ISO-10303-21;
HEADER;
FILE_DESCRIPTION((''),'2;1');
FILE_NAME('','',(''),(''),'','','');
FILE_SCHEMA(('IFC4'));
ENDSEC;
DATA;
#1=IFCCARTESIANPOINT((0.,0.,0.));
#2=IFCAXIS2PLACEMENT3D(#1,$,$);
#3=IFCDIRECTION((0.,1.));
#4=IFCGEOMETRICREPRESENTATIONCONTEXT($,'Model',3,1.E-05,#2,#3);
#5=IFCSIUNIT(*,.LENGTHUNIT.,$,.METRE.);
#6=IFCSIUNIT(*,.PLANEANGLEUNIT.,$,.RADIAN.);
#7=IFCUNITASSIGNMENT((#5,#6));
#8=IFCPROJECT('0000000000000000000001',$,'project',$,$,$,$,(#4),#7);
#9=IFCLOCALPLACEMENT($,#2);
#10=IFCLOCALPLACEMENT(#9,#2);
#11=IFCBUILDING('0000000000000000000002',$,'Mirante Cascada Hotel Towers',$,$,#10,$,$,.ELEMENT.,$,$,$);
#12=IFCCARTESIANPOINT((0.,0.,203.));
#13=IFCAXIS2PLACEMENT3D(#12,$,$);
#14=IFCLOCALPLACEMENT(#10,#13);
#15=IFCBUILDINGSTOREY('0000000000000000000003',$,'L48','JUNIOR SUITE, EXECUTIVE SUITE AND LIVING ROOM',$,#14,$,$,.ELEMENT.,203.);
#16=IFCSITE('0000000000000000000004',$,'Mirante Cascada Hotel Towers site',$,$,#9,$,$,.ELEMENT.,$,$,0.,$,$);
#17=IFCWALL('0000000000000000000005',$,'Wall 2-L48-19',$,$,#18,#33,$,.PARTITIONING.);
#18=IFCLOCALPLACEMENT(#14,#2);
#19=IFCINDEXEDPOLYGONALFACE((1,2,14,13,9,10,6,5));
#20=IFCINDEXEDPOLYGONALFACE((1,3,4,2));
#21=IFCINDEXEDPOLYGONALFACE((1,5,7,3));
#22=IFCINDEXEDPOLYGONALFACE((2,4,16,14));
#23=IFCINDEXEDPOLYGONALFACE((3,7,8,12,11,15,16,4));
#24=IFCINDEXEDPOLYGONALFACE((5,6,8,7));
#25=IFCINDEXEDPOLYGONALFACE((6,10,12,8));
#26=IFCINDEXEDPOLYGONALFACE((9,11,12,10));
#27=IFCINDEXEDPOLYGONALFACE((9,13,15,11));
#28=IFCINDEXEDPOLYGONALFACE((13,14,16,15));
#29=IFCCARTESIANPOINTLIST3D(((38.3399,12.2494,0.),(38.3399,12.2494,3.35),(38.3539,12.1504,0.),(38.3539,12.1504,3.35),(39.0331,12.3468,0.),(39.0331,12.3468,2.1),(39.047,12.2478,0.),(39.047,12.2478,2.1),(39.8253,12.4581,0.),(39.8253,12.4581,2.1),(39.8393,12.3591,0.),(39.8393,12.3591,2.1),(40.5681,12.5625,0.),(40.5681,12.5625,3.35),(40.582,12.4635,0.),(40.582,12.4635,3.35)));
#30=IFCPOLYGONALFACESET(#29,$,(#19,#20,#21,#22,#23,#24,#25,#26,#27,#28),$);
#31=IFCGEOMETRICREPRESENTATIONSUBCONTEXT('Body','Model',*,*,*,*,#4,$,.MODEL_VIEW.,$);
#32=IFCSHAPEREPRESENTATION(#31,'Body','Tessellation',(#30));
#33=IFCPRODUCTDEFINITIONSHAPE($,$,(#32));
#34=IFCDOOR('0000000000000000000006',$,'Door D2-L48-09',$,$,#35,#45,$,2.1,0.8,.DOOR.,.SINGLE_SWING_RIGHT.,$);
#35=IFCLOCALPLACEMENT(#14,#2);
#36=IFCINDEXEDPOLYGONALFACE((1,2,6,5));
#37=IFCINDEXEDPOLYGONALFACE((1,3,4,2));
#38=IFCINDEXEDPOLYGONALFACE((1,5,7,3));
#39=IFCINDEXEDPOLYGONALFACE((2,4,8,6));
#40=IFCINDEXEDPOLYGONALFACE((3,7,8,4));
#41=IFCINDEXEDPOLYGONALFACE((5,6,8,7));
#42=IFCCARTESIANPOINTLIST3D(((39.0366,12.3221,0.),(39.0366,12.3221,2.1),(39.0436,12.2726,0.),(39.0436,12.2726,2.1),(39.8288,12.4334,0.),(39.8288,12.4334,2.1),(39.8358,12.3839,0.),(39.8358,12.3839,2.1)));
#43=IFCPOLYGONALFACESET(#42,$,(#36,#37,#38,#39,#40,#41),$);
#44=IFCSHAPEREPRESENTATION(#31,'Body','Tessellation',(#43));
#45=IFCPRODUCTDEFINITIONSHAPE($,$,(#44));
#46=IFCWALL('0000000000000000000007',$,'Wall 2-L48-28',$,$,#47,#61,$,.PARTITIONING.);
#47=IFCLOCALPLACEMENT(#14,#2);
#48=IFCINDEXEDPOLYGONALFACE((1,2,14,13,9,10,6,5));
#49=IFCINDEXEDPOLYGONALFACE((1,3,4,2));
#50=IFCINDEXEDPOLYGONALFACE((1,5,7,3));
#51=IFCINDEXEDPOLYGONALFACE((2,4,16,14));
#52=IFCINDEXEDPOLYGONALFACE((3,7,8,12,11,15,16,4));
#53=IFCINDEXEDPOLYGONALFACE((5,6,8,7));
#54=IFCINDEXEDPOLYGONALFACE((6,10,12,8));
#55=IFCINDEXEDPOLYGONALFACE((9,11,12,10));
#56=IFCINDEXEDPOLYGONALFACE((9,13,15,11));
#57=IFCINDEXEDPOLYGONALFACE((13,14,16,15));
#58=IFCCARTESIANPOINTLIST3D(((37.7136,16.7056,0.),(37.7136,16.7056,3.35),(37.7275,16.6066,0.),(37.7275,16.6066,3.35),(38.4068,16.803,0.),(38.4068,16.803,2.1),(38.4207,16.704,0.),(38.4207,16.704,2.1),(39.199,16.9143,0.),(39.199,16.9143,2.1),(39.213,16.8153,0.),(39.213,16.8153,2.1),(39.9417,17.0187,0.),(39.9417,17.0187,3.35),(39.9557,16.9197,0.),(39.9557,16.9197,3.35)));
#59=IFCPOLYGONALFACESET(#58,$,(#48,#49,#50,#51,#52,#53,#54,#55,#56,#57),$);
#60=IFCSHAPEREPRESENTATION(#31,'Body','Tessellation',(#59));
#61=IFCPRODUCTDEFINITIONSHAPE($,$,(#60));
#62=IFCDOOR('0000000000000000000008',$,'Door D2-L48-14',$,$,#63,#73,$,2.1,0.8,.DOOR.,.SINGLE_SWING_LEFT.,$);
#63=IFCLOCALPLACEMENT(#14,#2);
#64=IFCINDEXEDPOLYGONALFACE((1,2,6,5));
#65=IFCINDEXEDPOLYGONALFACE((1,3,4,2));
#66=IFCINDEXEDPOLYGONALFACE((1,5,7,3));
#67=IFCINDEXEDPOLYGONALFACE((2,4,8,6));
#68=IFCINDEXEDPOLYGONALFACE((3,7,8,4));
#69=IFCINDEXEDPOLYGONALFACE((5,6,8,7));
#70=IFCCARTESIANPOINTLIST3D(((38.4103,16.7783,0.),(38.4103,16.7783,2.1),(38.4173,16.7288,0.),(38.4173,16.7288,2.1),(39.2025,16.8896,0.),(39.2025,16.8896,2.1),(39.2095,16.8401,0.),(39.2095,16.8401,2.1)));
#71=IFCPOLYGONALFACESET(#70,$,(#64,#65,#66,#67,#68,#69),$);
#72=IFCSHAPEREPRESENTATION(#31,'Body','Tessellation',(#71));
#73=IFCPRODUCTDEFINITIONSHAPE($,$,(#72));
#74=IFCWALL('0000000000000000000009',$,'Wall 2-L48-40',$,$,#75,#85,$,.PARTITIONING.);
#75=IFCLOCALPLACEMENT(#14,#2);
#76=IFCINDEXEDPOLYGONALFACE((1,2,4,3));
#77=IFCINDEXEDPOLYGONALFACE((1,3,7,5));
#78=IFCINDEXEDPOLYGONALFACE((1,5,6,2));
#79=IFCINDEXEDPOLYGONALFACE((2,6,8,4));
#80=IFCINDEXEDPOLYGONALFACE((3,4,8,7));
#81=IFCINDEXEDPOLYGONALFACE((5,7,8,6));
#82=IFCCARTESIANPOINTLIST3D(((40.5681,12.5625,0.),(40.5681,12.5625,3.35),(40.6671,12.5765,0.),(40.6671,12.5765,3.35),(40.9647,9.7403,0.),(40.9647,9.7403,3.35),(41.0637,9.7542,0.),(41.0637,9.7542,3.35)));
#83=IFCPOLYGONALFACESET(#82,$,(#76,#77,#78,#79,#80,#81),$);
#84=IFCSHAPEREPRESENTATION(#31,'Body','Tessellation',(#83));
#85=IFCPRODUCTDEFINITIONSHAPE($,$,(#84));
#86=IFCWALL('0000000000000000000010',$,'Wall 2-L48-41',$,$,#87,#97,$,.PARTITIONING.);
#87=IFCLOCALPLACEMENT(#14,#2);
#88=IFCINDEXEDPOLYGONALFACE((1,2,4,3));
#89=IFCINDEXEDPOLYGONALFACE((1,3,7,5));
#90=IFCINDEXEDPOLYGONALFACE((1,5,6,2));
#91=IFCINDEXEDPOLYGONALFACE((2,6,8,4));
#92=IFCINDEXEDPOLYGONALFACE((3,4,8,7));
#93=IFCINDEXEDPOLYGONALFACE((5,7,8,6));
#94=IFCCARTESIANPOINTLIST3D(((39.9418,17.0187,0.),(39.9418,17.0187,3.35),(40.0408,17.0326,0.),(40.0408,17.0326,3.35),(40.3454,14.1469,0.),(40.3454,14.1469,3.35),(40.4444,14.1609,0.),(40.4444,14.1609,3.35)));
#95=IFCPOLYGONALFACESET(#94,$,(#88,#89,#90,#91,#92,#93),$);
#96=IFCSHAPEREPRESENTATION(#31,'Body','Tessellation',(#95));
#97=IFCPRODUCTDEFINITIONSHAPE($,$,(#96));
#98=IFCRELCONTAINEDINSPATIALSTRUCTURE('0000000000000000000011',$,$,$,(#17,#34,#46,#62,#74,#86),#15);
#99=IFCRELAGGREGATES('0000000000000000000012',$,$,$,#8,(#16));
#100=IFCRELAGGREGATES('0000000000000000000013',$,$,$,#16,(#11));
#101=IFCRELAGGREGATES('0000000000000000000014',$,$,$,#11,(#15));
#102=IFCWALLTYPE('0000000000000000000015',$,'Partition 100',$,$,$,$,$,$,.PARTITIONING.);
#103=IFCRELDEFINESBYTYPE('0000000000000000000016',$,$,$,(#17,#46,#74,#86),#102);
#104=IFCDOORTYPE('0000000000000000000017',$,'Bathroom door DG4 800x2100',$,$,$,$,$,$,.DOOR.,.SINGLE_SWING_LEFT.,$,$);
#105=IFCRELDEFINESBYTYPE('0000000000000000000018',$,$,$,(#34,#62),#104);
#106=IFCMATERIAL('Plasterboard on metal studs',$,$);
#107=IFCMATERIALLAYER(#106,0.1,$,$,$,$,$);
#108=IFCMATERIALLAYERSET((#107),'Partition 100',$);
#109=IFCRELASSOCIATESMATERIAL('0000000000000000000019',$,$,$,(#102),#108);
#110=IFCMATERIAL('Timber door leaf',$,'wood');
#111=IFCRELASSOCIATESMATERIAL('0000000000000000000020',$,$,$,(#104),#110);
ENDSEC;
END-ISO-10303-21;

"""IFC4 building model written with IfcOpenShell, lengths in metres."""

from ifc_helpers import new_model, si_unit, direction, frame, frame_2d, origin, place, context, subcontext, project, spatial, rectangle, extrude, material, layer, layer_set, type_object, element, fill, save


model = new_model("IFC4")

# Units and contexts
model_context = context("Model", 3, precision=1e-05, world=origin(), true_north=direction((0.0, 1.0)))
body_context = subcontext(model_context, "Body", "Model", "MODEL_VIEW")
ifc_project = project(units=[si_unit("LENGTHUNIT", "METRE"), si_unit("PLANEANGLEUNIT", "RADIAN")], contexts=[model_context])

# Site, building, storey
site_placement = place(None, origin())
site = spatial("IfcSite", under=ifc_project, at=site_placement, Name="Mirante Cascada Hotel Towers site", CompositionType="ELEMENT", RefElevation=0.0)
building_placement = place(site_placement, origin())
building = spatial("IfcBuilding", under=site, at=building_placement, Name="Mirante Cascada Hotel Towers", CompositionType="ELEMENT")
storey_placement = place(building_placement, frame((0.0, 0.0, 203.0)))
storey = spatial("IfcBuildingStorey", under=building, at=storey_placement, Name="L48", Description="JUNIOR SUITE, EXECUTIVE SUITE AND LIVING ROOM", CompositionType="ELEMENT", Elevation=203.0)

# Shared definitions
ifc_material_1 = material(Name="Plasterboard on metal studs")
ifc_layer_1 = layer(ifc_material_1, 0.1)
ifc_layer_set_1 = layer_set([ifc_layer_1], Name="Partition 100")
wall_type_1 = type_object("IfcWallType", Name="Partition 100", PredefinedType="PARTITIONING", material=ifc_layer_set_1)

# Walls, openings, doors
wall_1_placement = place(storey_placement, frame((38.3469, 12.1999, 0.0), z_axis=(0.0, 0.0, 1.0), x_axis=(0.990271, 0.139156, 0.0)))
wall_1 = element("IfcWall", 1, at=wall_1_placement, inside=storey, type_object=wall_type_1, Name="Wall 2-L48-19", PredefinedType="PARTITIONING", context=body_context, shape_type="SweptSolid", body=[
    extrude(rectangle(XDim=2.25, YDim=0.1, at=frame_2d((1.125, 0.0))), origin(), (0.0, 0.0, 1.0), 3.35),
])
opening_1_placement = place(wall_1_placement, frame((0.7, 0.0, 0.0)))
opening_1 = element("IfcOpeningElement", 2, at=opening_1_placement, cuts=wall_1, PredefinedType="OPENING", context=body_context, shape_type="SweptSolid", body=[
    extrude(rectangle(XDim=0.8, YDim=2.1, at=frame_2d((0.4, 1.05))), frame((0.0, 0.05, 0.0), z_axis=(0.0, -1.0, 0.0), x_axis=(1.0, 0.0, 0.0)), (0.0, 0.0, 1.0), 0.1),
])
ifc_material_2 = material(Name="Timber door leaf", Category="wood")
door_type_1 = type_object("IfcDoorType", Name="Bathroom door DG4 800x2100", OperationType="SINGLE_SWING_LEFT", PredefinedType="DOOR", material=ifc_material_2)
door_1_placement = place(opening_1_placement, frame((0.8, 0.0, 0.0), z_axis=(0.0, 0.0, 1.0), x_axis=(-1.0, 0.0, 0.0)))
door_1 = element("IfcDoor", 3, at=door_1_placement, inside=storey, type_object=door_type_1, Name="Door D2-L48-09", OperationType="SINGLE_SWING_RIGHT", OverallHeight=2.1, OverallWidth=0.8, PredefinedType="DOOR", context=body_context, shape_type="SweptSolid", body=[
    extrude(rectangle(XDim=0.8, YDim=2.1, at=frame_2d((0.4, 1.05))), frame((0.0, 0.025, 0.0), z_axis=(0.0, -1.0, 0.0), x_axis=(1.0, 0.0, 0.0)), (0.0, 0.0, 1.0), 0.05),
])
fill(opening_1, door_1)
wall_2_placement = place(storey_placement, frame((39.9487, 16.9692, 0.0), z_axis=(0.0, 0.0, 1.0), x_axis=(-0.990271, -0.139156, 0.0)))
wall_2 = element("IfcWall", 4, at=wall_2_placement, inside=storey, type_object=wall_type_1, Name="Wall 2-L48-28", PredefinedType="PARTITIONING", context=body_context, shape_type="SweptSolid", body=[
    extrude(rectangle(XDim=2.25, YDim=0.1, at=frame_2d((1.125, 0.0))), origin(), (0.0, 0.0, 1.0), 3.35),
])
opening_2_placement = place(wall_2_placement, frame((0.75, 0.0, 0.0)))
opening_2 = element("IfcOpeningElement", 5, at=opening_2_placement, cuts=wall_2, PredefinedType="OPENING", context=body_context, shape_type="SweptSolid", body=[
    extrude(rectangle(XDim=0.8, YDim=2.1, at=frame_2d((0.4, 1.05))), frame((0.0, 0.05, 0.0), z_axis=(0.0, -1.0, 0.0), x_axis=(1.0, 0.0, 0.0)), (0.0, 0.0, 1.0), 0.1),
])
door_2_placement = place(opening_2_placement, origin())
door_2 = element("IfcDoor", 6, at=door_2_placement, inside=storey, type_object=door_type_1, Name="Door D2-L48-14", OperationType="SINGLE_SWING_LEFT", OverallHeight=2.1, OverallWidth=0.8, PredefinedType="DOOR", context=body_context, shape_type="SweptSolid", body=[
    extrude(rectangle(XDim=0.8, YDim=2.1, at=frame_2d((0.4, 1.05))), frame((0.0, 0.025, 0.0), z_axis=(0.0, -1.0, 0.0), x_axis=(1.0, 0.0, 0.0)), (0.0, 0.0, 1.0), 0.05),
])
fill(opening_2, door_2)

# Walls
wall_3_placement = place(storey_placement, frame((40.6176, 12.5695, 0.0), z_axis=(0.0, 0.0, 1.0), x_axis=(0.139156, -0.99027, 0.0)))
element("IfcWall", 7, at=wall_3_placement, inside=storey, type_object=wall_type_1, Name="Wall 2-L48-40", PredefinedType="PARTITIONING", context=body_context, shape_type="SweptSolid", body=[
    extrude(rectangle(XDim=2.85, YDim=0.1, at=frame_2d((1.425, 0.0))), origin(), (0.0, 0.0, 1.0), 3.35),
])
wall_4_placement = place(storey_placement, frame((40.3949, 14.1539, 0.0), z_axis=(0.0, 0.0, 1.0), x_axis=(-0.139171, 0.990268, 0.0)))
element("IfcWall", 8, at=wall_4_placement, inside=storey, type_object=wall_type_1, Name="Wall 2-L48-41", PredefinedType="PARTITIONING", context=body_context, shape_type="SweptSolid", body=[
    extrude(rectangle(XDim=2.9, YDim=0.1, at=frame_2d((1.45, 0.0))), origin(), (0.0, 0.0, 1.0), 3.35),
])

save(model, "model.ifc")
